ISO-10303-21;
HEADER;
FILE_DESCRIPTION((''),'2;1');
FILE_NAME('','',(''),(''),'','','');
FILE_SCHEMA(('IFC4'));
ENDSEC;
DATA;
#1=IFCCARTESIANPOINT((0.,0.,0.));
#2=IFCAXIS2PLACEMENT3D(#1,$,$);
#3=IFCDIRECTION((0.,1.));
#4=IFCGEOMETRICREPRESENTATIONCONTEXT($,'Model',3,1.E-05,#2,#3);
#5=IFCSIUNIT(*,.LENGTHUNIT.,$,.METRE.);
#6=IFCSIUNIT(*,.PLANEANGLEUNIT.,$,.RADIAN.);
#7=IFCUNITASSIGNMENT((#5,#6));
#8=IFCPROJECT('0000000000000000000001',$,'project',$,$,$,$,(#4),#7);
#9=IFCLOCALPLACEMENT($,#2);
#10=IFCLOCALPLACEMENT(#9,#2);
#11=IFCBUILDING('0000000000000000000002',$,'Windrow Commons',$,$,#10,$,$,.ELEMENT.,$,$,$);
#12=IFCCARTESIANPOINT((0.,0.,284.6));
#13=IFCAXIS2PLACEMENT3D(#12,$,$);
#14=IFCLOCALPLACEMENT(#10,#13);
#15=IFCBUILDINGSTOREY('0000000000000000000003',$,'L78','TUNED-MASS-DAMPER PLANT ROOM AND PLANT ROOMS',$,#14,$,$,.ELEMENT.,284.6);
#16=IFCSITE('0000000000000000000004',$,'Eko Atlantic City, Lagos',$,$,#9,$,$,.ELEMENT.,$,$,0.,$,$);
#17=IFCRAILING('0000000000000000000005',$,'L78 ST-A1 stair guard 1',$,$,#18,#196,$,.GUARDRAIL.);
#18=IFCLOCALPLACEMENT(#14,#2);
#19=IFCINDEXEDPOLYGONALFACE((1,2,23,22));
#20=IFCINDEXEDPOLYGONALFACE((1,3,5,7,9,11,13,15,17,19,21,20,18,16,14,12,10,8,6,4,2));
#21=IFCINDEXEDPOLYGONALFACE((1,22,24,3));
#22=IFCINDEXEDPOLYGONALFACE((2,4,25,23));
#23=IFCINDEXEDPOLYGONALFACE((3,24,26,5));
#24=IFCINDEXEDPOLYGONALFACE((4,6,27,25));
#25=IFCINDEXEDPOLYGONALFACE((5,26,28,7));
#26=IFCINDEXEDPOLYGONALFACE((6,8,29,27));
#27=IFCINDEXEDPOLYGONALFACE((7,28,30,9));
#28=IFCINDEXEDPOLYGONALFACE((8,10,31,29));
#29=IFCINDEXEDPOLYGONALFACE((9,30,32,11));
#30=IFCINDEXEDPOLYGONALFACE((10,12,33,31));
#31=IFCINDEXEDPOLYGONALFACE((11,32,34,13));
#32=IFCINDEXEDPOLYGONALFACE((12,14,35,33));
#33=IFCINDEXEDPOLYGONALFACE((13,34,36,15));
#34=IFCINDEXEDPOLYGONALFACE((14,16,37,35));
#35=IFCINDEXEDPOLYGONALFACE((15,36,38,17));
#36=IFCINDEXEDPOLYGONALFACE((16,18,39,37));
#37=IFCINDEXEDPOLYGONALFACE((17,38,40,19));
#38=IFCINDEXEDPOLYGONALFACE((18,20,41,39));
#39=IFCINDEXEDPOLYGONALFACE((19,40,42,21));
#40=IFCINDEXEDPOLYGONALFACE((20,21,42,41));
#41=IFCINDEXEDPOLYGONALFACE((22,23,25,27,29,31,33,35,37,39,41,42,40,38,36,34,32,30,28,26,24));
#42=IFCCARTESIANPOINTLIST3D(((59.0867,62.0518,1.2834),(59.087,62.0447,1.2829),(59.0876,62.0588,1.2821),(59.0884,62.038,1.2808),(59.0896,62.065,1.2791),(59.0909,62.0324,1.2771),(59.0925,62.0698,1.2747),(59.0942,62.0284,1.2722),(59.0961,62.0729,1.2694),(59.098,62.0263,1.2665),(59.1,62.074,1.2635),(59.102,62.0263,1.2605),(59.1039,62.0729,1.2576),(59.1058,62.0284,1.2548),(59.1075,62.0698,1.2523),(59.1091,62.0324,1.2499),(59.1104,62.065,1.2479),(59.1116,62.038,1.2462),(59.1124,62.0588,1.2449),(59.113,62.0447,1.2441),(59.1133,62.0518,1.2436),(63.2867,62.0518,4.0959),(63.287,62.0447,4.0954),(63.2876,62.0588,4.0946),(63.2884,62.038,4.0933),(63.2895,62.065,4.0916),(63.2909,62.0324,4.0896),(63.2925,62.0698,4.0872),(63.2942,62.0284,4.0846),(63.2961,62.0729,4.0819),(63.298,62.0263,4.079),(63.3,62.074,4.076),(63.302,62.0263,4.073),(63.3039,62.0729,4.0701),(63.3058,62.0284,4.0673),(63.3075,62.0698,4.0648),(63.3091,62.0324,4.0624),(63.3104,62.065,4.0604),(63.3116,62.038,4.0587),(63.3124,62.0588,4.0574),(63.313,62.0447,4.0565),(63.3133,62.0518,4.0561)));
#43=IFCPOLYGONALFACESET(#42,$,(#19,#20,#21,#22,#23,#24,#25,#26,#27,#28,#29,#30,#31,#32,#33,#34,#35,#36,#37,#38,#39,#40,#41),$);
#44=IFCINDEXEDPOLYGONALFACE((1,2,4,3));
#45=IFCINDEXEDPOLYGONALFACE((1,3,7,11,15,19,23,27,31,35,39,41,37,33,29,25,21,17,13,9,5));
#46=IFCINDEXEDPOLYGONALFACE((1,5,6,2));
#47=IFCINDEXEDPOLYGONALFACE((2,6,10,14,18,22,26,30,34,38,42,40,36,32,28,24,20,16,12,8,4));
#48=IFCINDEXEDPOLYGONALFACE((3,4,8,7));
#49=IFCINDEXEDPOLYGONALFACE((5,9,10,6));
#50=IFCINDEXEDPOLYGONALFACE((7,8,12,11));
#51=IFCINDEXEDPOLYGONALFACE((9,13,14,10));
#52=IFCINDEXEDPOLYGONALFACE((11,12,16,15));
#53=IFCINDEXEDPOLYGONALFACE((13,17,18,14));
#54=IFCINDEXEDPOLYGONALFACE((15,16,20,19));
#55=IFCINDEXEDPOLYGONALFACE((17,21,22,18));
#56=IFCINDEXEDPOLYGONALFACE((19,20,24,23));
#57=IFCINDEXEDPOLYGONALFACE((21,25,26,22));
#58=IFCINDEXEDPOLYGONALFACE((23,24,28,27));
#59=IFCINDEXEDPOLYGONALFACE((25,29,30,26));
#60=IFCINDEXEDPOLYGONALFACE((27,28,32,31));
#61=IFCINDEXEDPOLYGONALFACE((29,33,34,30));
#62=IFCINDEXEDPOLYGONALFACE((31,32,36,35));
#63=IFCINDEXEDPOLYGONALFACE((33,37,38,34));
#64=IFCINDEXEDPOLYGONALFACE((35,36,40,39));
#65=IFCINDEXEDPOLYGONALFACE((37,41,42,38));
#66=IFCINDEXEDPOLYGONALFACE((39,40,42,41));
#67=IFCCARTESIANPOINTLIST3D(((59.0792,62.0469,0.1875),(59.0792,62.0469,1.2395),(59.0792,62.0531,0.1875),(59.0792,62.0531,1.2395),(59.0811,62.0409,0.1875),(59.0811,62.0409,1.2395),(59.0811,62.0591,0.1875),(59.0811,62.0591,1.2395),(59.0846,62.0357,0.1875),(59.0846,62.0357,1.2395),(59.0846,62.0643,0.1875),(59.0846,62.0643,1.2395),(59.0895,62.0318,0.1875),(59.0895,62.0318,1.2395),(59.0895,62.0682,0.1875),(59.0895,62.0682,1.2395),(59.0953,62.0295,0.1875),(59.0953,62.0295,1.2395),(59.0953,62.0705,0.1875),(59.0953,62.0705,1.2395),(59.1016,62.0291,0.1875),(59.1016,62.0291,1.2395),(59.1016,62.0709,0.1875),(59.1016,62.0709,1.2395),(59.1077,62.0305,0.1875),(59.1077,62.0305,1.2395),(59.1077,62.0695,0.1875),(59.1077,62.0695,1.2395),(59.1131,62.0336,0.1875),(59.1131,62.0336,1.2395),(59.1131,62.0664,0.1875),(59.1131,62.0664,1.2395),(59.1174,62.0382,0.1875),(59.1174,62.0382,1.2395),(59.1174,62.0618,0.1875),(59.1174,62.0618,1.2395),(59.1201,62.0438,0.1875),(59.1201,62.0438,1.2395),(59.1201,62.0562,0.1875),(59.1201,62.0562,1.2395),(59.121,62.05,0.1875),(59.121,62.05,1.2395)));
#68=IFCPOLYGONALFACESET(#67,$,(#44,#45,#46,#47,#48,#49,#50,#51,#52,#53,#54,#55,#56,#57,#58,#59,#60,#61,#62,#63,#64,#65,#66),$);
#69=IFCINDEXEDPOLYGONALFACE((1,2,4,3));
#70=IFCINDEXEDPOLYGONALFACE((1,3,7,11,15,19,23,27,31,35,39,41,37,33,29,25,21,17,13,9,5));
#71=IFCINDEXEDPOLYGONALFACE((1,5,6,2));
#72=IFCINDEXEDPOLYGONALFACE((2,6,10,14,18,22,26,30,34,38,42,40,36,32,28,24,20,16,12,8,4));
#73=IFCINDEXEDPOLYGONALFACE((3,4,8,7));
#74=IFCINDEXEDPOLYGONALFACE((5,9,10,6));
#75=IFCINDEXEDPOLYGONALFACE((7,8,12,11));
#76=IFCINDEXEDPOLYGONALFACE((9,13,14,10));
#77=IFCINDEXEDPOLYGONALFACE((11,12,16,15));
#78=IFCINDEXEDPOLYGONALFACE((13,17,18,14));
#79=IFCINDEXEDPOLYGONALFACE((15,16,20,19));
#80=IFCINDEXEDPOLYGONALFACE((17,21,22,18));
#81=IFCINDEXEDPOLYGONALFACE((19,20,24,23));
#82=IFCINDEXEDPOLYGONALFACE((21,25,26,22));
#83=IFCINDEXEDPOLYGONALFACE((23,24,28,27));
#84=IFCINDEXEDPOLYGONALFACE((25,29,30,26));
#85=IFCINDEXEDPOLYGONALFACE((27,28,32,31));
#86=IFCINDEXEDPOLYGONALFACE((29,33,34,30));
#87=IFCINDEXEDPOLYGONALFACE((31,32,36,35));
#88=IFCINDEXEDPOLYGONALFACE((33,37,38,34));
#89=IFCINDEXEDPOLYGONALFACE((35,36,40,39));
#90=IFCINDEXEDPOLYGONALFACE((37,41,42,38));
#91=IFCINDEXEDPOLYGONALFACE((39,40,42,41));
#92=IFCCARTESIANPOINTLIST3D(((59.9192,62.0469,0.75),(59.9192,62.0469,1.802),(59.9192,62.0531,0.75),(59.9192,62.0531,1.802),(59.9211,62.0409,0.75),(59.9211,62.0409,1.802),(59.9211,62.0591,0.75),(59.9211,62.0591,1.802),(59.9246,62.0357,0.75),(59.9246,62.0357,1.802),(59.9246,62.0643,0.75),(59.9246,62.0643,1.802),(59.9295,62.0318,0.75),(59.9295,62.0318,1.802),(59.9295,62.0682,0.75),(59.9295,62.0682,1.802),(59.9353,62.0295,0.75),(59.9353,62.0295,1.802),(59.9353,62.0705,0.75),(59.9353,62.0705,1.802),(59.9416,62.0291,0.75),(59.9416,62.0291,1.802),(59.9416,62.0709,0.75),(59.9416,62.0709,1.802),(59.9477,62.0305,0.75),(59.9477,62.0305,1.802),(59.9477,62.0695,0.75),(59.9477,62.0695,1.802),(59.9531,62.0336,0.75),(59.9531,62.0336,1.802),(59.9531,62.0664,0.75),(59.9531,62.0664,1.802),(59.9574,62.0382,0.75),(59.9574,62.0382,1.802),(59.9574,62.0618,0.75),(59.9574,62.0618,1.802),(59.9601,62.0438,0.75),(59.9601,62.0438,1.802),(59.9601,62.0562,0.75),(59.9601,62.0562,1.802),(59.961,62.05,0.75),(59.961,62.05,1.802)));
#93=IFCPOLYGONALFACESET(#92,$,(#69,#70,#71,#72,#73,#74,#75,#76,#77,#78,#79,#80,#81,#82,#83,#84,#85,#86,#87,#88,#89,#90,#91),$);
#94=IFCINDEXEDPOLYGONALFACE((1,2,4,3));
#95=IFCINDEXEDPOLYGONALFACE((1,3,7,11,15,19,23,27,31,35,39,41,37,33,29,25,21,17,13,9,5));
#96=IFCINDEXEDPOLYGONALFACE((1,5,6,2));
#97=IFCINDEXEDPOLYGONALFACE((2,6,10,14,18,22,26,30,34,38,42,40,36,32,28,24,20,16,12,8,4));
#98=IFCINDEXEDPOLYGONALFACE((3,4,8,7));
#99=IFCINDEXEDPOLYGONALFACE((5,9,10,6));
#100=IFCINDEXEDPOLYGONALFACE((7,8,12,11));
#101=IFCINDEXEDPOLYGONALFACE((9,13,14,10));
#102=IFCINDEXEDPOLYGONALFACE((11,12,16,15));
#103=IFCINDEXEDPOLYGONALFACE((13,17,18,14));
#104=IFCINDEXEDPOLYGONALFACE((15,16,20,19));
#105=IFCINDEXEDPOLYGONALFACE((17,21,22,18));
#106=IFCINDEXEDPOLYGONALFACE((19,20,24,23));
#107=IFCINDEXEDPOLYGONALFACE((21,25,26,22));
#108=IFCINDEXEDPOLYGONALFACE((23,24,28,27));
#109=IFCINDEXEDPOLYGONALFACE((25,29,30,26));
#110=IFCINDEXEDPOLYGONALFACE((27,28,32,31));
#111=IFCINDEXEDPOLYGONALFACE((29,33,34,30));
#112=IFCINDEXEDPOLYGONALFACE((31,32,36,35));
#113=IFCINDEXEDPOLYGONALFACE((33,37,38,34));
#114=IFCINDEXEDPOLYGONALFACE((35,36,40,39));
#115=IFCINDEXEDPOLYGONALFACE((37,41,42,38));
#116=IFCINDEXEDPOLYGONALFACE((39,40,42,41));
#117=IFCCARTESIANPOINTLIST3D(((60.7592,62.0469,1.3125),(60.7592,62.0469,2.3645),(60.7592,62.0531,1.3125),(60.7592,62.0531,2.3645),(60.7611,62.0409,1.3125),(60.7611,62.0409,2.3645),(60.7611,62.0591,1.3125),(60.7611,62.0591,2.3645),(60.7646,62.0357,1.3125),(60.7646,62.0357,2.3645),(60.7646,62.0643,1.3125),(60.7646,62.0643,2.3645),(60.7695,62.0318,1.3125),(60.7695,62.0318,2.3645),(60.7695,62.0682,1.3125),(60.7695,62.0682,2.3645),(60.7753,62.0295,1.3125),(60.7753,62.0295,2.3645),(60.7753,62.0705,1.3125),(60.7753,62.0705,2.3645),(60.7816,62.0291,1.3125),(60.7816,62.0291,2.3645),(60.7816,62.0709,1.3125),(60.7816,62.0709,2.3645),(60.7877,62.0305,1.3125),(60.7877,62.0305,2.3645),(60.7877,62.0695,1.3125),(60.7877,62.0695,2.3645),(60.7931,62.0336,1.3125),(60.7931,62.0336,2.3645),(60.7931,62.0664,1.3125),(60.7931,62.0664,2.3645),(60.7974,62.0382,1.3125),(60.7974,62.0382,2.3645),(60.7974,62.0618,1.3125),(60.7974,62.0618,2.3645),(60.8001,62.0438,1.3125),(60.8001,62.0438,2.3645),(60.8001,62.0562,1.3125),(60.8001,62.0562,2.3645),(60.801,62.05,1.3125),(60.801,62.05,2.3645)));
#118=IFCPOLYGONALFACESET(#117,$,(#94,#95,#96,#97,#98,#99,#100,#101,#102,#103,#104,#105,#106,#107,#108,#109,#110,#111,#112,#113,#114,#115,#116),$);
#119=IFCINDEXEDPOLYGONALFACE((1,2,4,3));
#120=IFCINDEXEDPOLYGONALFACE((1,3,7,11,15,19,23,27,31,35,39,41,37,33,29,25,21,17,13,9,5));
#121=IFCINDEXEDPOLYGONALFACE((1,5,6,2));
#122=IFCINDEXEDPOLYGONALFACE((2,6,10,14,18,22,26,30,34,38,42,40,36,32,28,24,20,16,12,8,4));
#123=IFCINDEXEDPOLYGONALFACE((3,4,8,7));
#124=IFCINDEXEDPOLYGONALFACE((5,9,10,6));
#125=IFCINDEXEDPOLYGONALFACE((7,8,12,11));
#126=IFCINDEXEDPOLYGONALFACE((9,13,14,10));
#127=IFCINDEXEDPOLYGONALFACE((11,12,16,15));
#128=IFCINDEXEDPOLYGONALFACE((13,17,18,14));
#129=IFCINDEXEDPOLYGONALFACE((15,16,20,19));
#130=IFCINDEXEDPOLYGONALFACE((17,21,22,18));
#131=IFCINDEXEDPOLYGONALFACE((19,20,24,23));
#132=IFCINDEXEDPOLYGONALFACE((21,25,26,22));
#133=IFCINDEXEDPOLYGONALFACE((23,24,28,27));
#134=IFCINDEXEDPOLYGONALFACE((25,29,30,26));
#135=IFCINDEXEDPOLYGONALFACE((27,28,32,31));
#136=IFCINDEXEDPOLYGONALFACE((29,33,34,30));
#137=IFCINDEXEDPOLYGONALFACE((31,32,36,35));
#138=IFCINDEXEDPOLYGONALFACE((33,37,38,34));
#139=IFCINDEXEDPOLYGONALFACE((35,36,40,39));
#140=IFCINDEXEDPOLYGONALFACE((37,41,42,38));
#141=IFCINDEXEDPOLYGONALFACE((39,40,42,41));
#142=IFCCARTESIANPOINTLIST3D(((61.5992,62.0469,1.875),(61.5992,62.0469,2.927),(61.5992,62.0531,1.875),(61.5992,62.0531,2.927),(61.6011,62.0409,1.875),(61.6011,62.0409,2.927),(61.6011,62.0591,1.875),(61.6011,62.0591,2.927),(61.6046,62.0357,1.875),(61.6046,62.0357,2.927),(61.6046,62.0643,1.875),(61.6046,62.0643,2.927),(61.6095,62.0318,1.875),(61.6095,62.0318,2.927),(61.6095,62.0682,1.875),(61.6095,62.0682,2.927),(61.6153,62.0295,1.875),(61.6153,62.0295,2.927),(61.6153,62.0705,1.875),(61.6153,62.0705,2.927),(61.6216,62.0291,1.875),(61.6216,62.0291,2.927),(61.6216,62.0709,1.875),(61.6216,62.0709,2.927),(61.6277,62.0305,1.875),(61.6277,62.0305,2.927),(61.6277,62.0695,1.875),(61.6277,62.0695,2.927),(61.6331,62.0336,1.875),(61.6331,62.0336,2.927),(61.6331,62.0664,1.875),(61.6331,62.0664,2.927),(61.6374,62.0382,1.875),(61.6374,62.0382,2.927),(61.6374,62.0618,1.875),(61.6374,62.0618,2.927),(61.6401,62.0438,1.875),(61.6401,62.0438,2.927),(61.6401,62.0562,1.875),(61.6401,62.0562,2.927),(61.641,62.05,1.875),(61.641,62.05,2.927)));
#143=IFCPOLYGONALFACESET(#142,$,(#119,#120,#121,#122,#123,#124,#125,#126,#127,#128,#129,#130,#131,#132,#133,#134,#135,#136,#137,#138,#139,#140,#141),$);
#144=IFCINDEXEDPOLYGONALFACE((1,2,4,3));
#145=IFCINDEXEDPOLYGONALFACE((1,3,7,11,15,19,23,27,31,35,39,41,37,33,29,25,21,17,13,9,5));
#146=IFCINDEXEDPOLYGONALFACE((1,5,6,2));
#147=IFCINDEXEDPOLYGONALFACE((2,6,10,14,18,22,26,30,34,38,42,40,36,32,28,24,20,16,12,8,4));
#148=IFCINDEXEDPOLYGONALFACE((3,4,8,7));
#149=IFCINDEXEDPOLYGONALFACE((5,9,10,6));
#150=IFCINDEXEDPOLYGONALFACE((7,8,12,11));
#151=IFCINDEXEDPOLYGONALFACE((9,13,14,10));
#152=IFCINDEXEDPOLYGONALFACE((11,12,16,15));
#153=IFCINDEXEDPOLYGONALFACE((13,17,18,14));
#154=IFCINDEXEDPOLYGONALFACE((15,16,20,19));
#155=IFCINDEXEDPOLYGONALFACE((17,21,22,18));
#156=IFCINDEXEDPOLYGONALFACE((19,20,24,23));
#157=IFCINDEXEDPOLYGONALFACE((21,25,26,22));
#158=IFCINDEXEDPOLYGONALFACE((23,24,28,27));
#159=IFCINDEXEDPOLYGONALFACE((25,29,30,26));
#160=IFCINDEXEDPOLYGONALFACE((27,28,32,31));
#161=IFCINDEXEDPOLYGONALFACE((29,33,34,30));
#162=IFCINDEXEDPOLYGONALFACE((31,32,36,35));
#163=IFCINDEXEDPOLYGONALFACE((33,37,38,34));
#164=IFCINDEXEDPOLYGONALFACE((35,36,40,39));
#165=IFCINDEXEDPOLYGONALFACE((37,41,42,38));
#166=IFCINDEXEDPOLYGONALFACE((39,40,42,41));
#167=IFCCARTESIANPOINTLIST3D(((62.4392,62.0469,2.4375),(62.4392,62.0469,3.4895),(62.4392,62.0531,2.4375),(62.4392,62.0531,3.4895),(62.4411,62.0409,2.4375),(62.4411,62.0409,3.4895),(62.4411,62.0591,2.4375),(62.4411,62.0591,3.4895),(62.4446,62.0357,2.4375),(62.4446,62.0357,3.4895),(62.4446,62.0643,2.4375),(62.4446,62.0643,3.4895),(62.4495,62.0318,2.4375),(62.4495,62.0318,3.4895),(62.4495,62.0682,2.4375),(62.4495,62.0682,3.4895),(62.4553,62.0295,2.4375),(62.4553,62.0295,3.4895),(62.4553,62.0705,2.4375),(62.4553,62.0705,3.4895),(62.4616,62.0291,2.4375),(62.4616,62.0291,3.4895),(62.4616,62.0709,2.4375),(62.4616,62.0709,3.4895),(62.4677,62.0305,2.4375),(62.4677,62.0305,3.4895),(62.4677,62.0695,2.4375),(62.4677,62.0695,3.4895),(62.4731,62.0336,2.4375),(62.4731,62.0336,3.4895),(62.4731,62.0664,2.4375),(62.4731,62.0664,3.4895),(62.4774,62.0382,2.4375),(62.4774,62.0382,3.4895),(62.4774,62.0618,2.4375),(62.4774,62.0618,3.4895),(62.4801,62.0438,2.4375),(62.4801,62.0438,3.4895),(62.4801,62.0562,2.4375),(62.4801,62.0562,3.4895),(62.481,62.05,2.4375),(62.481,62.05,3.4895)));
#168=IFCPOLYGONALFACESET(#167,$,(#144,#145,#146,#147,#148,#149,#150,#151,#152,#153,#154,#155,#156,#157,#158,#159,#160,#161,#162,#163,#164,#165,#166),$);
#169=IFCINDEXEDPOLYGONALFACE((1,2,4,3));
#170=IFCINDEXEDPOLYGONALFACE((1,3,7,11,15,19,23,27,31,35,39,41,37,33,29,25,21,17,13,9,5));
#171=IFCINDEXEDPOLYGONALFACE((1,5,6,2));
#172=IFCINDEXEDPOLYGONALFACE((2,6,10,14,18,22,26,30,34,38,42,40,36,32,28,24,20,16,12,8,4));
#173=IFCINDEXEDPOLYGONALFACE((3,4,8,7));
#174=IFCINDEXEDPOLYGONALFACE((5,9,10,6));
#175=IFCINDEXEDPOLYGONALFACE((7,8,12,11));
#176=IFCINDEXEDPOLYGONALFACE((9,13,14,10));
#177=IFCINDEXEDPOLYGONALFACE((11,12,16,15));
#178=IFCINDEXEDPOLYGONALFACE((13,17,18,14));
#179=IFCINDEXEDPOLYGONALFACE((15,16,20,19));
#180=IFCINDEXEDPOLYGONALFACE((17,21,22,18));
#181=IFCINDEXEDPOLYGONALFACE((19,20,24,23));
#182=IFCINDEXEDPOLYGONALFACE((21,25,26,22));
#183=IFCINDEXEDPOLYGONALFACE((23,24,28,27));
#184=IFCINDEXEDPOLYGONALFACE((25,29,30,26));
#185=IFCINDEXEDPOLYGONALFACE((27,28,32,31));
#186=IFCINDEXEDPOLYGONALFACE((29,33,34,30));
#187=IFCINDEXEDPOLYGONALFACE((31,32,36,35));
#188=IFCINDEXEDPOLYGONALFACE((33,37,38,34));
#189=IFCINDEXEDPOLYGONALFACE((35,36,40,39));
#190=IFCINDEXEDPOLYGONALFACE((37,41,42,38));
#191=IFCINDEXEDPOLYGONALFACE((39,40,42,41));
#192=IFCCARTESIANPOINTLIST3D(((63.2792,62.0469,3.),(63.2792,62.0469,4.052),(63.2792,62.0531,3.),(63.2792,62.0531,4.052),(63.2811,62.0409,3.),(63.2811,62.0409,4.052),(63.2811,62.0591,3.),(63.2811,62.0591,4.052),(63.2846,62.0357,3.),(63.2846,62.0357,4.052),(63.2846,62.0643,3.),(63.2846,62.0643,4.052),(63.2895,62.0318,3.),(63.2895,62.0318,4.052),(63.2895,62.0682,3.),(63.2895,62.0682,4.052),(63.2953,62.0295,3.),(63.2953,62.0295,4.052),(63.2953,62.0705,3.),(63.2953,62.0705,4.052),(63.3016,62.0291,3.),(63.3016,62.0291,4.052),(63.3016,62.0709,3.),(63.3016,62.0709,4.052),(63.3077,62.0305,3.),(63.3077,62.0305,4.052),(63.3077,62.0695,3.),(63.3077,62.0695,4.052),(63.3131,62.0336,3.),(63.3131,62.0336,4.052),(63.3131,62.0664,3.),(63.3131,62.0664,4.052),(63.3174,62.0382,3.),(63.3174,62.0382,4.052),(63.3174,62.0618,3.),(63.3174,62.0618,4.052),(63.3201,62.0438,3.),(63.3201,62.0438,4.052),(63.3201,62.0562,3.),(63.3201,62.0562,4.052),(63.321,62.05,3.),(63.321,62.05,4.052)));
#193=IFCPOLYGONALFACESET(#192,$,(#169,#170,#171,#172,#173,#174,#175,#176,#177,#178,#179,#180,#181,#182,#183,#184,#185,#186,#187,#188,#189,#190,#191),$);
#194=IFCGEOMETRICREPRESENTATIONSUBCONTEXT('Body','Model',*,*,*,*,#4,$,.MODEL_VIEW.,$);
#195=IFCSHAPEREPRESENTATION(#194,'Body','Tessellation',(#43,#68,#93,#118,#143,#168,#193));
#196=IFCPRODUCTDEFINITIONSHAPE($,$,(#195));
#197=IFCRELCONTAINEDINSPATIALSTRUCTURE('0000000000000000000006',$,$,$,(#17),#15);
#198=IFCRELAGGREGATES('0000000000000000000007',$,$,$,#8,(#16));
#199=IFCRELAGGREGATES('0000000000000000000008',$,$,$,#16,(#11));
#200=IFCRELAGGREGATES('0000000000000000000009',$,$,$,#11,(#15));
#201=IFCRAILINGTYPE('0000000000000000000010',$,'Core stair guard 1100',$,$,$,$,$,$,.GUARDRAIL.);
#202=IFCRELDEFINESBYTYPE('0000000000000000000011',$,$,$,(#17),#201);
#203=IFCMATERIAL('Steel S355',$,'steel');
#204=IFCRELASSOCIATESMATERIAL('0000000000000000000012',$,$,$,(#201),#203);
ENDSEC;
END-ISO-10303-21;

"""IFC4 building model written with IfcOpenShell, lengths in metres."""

from ifc_helpers import new_model, si_unit, direction, frame, origin, origin_2d, place, context, subcontext, project, spatial, circle, extrude, material, type_object, element, save


model = new_model("IFC4")

# Units and contexts
model_context = context("Model", 3, precision=1e-05, world=origin(), true_north=direction((0.0, 1.0)))
body_context = subcontext(model_context, "Body", "Model", "MODEL_VIEW")
ifc_project = project(units=[si_unit("LENGTHUNIT", "METRE"), si_unit("PLANEANGLEUNIT", "RADIAN")], contexts=[model_context])

# Site, building, storey
site_placement = place(None, origin())
site = spatial("IfcSite", under=ifc_project, at=site_placement, Name="Eko Atlantic City, Lagos", CompositionType="ELEMENT", RefElevation=0.0)
building_placement = place(site_placement, origin())
building = spatial("IfcBuilding", under=site, at=building_placement, Name="Windrow Commons", CompositionType="ELEMENT")
storey_placement = place(building_placement, frame((0.0, 0.0, 284.6)))
storey = spatial("IfcBuildingStorey", under=building, at=storey_placement, Name="L78", Description="TUNED-MASS-DAMPER PLANT ROOM AND PLANT ROOMS", CompositionType="ELEMENT", Elevation=284.6)

# Railing
ifc_material_1 = material(Name="Steel S355", Category="steel")
railing_type_1 = type_object("IfcRailingType", Name="Core stair guard 1100", PredefinedType="GUARDRAIL", material=ifc_material_1)
railing_1_placement = place(storey_placement, frame((59.1, 62.05, 0.1875)))
element("IfcRailing", 1, at=railing_1_placement, inside=storey, type_object=railing_type_1, Name="L78 ST-A1 stair guard 1", PredefinedType="GUARDRAIL", context=body_context, shape_type="SweptSolid", body=[
    extrude(circle(Radius=0.024, at=origin_2d()), frame((0.0, 0.0, 1.076), z_axis=(0.830907, 0.0, 0.556411), x_axis=(0.0, 1.0, 0.0)), (0.0, 0.0, 1.0), 5.0547),
    extrude(circle(Radius=0.021, at=origin_2d()), origin(), (0.0, 0.0, 1.0), 1.052),
    extrude(circle(Radius=0.021, at=origin_2d()), frame((0.84, 0.0, 0.5625)), (0.0, 0.0, 1.0), 1.052),
    extrude(circle(Radius=0.021, at=origin_2d()), frame((1.68, 0.0, 1.125)), (0.0, 0.0, 1.0), 1.052),
    extrude(circle(Radius=0.021, at=origin_2d()), frame((2.52, 0.0, 1.6875)), (0.0, 0.0, 1.0), 1.052),
    extrude(circle(Radius=0.021, at=origin_2d()), frame((3.36, 0.0, 2.25)), (0.0, 0.0, 1.0), 1.052),
    extrude(circle(Radius=0.021, at=origin_2d()), frame((4.2, 0.0, 2.8125)), (0.0, 0.0, 1.0), 1.052),
])

save(model, "model.ifc")
